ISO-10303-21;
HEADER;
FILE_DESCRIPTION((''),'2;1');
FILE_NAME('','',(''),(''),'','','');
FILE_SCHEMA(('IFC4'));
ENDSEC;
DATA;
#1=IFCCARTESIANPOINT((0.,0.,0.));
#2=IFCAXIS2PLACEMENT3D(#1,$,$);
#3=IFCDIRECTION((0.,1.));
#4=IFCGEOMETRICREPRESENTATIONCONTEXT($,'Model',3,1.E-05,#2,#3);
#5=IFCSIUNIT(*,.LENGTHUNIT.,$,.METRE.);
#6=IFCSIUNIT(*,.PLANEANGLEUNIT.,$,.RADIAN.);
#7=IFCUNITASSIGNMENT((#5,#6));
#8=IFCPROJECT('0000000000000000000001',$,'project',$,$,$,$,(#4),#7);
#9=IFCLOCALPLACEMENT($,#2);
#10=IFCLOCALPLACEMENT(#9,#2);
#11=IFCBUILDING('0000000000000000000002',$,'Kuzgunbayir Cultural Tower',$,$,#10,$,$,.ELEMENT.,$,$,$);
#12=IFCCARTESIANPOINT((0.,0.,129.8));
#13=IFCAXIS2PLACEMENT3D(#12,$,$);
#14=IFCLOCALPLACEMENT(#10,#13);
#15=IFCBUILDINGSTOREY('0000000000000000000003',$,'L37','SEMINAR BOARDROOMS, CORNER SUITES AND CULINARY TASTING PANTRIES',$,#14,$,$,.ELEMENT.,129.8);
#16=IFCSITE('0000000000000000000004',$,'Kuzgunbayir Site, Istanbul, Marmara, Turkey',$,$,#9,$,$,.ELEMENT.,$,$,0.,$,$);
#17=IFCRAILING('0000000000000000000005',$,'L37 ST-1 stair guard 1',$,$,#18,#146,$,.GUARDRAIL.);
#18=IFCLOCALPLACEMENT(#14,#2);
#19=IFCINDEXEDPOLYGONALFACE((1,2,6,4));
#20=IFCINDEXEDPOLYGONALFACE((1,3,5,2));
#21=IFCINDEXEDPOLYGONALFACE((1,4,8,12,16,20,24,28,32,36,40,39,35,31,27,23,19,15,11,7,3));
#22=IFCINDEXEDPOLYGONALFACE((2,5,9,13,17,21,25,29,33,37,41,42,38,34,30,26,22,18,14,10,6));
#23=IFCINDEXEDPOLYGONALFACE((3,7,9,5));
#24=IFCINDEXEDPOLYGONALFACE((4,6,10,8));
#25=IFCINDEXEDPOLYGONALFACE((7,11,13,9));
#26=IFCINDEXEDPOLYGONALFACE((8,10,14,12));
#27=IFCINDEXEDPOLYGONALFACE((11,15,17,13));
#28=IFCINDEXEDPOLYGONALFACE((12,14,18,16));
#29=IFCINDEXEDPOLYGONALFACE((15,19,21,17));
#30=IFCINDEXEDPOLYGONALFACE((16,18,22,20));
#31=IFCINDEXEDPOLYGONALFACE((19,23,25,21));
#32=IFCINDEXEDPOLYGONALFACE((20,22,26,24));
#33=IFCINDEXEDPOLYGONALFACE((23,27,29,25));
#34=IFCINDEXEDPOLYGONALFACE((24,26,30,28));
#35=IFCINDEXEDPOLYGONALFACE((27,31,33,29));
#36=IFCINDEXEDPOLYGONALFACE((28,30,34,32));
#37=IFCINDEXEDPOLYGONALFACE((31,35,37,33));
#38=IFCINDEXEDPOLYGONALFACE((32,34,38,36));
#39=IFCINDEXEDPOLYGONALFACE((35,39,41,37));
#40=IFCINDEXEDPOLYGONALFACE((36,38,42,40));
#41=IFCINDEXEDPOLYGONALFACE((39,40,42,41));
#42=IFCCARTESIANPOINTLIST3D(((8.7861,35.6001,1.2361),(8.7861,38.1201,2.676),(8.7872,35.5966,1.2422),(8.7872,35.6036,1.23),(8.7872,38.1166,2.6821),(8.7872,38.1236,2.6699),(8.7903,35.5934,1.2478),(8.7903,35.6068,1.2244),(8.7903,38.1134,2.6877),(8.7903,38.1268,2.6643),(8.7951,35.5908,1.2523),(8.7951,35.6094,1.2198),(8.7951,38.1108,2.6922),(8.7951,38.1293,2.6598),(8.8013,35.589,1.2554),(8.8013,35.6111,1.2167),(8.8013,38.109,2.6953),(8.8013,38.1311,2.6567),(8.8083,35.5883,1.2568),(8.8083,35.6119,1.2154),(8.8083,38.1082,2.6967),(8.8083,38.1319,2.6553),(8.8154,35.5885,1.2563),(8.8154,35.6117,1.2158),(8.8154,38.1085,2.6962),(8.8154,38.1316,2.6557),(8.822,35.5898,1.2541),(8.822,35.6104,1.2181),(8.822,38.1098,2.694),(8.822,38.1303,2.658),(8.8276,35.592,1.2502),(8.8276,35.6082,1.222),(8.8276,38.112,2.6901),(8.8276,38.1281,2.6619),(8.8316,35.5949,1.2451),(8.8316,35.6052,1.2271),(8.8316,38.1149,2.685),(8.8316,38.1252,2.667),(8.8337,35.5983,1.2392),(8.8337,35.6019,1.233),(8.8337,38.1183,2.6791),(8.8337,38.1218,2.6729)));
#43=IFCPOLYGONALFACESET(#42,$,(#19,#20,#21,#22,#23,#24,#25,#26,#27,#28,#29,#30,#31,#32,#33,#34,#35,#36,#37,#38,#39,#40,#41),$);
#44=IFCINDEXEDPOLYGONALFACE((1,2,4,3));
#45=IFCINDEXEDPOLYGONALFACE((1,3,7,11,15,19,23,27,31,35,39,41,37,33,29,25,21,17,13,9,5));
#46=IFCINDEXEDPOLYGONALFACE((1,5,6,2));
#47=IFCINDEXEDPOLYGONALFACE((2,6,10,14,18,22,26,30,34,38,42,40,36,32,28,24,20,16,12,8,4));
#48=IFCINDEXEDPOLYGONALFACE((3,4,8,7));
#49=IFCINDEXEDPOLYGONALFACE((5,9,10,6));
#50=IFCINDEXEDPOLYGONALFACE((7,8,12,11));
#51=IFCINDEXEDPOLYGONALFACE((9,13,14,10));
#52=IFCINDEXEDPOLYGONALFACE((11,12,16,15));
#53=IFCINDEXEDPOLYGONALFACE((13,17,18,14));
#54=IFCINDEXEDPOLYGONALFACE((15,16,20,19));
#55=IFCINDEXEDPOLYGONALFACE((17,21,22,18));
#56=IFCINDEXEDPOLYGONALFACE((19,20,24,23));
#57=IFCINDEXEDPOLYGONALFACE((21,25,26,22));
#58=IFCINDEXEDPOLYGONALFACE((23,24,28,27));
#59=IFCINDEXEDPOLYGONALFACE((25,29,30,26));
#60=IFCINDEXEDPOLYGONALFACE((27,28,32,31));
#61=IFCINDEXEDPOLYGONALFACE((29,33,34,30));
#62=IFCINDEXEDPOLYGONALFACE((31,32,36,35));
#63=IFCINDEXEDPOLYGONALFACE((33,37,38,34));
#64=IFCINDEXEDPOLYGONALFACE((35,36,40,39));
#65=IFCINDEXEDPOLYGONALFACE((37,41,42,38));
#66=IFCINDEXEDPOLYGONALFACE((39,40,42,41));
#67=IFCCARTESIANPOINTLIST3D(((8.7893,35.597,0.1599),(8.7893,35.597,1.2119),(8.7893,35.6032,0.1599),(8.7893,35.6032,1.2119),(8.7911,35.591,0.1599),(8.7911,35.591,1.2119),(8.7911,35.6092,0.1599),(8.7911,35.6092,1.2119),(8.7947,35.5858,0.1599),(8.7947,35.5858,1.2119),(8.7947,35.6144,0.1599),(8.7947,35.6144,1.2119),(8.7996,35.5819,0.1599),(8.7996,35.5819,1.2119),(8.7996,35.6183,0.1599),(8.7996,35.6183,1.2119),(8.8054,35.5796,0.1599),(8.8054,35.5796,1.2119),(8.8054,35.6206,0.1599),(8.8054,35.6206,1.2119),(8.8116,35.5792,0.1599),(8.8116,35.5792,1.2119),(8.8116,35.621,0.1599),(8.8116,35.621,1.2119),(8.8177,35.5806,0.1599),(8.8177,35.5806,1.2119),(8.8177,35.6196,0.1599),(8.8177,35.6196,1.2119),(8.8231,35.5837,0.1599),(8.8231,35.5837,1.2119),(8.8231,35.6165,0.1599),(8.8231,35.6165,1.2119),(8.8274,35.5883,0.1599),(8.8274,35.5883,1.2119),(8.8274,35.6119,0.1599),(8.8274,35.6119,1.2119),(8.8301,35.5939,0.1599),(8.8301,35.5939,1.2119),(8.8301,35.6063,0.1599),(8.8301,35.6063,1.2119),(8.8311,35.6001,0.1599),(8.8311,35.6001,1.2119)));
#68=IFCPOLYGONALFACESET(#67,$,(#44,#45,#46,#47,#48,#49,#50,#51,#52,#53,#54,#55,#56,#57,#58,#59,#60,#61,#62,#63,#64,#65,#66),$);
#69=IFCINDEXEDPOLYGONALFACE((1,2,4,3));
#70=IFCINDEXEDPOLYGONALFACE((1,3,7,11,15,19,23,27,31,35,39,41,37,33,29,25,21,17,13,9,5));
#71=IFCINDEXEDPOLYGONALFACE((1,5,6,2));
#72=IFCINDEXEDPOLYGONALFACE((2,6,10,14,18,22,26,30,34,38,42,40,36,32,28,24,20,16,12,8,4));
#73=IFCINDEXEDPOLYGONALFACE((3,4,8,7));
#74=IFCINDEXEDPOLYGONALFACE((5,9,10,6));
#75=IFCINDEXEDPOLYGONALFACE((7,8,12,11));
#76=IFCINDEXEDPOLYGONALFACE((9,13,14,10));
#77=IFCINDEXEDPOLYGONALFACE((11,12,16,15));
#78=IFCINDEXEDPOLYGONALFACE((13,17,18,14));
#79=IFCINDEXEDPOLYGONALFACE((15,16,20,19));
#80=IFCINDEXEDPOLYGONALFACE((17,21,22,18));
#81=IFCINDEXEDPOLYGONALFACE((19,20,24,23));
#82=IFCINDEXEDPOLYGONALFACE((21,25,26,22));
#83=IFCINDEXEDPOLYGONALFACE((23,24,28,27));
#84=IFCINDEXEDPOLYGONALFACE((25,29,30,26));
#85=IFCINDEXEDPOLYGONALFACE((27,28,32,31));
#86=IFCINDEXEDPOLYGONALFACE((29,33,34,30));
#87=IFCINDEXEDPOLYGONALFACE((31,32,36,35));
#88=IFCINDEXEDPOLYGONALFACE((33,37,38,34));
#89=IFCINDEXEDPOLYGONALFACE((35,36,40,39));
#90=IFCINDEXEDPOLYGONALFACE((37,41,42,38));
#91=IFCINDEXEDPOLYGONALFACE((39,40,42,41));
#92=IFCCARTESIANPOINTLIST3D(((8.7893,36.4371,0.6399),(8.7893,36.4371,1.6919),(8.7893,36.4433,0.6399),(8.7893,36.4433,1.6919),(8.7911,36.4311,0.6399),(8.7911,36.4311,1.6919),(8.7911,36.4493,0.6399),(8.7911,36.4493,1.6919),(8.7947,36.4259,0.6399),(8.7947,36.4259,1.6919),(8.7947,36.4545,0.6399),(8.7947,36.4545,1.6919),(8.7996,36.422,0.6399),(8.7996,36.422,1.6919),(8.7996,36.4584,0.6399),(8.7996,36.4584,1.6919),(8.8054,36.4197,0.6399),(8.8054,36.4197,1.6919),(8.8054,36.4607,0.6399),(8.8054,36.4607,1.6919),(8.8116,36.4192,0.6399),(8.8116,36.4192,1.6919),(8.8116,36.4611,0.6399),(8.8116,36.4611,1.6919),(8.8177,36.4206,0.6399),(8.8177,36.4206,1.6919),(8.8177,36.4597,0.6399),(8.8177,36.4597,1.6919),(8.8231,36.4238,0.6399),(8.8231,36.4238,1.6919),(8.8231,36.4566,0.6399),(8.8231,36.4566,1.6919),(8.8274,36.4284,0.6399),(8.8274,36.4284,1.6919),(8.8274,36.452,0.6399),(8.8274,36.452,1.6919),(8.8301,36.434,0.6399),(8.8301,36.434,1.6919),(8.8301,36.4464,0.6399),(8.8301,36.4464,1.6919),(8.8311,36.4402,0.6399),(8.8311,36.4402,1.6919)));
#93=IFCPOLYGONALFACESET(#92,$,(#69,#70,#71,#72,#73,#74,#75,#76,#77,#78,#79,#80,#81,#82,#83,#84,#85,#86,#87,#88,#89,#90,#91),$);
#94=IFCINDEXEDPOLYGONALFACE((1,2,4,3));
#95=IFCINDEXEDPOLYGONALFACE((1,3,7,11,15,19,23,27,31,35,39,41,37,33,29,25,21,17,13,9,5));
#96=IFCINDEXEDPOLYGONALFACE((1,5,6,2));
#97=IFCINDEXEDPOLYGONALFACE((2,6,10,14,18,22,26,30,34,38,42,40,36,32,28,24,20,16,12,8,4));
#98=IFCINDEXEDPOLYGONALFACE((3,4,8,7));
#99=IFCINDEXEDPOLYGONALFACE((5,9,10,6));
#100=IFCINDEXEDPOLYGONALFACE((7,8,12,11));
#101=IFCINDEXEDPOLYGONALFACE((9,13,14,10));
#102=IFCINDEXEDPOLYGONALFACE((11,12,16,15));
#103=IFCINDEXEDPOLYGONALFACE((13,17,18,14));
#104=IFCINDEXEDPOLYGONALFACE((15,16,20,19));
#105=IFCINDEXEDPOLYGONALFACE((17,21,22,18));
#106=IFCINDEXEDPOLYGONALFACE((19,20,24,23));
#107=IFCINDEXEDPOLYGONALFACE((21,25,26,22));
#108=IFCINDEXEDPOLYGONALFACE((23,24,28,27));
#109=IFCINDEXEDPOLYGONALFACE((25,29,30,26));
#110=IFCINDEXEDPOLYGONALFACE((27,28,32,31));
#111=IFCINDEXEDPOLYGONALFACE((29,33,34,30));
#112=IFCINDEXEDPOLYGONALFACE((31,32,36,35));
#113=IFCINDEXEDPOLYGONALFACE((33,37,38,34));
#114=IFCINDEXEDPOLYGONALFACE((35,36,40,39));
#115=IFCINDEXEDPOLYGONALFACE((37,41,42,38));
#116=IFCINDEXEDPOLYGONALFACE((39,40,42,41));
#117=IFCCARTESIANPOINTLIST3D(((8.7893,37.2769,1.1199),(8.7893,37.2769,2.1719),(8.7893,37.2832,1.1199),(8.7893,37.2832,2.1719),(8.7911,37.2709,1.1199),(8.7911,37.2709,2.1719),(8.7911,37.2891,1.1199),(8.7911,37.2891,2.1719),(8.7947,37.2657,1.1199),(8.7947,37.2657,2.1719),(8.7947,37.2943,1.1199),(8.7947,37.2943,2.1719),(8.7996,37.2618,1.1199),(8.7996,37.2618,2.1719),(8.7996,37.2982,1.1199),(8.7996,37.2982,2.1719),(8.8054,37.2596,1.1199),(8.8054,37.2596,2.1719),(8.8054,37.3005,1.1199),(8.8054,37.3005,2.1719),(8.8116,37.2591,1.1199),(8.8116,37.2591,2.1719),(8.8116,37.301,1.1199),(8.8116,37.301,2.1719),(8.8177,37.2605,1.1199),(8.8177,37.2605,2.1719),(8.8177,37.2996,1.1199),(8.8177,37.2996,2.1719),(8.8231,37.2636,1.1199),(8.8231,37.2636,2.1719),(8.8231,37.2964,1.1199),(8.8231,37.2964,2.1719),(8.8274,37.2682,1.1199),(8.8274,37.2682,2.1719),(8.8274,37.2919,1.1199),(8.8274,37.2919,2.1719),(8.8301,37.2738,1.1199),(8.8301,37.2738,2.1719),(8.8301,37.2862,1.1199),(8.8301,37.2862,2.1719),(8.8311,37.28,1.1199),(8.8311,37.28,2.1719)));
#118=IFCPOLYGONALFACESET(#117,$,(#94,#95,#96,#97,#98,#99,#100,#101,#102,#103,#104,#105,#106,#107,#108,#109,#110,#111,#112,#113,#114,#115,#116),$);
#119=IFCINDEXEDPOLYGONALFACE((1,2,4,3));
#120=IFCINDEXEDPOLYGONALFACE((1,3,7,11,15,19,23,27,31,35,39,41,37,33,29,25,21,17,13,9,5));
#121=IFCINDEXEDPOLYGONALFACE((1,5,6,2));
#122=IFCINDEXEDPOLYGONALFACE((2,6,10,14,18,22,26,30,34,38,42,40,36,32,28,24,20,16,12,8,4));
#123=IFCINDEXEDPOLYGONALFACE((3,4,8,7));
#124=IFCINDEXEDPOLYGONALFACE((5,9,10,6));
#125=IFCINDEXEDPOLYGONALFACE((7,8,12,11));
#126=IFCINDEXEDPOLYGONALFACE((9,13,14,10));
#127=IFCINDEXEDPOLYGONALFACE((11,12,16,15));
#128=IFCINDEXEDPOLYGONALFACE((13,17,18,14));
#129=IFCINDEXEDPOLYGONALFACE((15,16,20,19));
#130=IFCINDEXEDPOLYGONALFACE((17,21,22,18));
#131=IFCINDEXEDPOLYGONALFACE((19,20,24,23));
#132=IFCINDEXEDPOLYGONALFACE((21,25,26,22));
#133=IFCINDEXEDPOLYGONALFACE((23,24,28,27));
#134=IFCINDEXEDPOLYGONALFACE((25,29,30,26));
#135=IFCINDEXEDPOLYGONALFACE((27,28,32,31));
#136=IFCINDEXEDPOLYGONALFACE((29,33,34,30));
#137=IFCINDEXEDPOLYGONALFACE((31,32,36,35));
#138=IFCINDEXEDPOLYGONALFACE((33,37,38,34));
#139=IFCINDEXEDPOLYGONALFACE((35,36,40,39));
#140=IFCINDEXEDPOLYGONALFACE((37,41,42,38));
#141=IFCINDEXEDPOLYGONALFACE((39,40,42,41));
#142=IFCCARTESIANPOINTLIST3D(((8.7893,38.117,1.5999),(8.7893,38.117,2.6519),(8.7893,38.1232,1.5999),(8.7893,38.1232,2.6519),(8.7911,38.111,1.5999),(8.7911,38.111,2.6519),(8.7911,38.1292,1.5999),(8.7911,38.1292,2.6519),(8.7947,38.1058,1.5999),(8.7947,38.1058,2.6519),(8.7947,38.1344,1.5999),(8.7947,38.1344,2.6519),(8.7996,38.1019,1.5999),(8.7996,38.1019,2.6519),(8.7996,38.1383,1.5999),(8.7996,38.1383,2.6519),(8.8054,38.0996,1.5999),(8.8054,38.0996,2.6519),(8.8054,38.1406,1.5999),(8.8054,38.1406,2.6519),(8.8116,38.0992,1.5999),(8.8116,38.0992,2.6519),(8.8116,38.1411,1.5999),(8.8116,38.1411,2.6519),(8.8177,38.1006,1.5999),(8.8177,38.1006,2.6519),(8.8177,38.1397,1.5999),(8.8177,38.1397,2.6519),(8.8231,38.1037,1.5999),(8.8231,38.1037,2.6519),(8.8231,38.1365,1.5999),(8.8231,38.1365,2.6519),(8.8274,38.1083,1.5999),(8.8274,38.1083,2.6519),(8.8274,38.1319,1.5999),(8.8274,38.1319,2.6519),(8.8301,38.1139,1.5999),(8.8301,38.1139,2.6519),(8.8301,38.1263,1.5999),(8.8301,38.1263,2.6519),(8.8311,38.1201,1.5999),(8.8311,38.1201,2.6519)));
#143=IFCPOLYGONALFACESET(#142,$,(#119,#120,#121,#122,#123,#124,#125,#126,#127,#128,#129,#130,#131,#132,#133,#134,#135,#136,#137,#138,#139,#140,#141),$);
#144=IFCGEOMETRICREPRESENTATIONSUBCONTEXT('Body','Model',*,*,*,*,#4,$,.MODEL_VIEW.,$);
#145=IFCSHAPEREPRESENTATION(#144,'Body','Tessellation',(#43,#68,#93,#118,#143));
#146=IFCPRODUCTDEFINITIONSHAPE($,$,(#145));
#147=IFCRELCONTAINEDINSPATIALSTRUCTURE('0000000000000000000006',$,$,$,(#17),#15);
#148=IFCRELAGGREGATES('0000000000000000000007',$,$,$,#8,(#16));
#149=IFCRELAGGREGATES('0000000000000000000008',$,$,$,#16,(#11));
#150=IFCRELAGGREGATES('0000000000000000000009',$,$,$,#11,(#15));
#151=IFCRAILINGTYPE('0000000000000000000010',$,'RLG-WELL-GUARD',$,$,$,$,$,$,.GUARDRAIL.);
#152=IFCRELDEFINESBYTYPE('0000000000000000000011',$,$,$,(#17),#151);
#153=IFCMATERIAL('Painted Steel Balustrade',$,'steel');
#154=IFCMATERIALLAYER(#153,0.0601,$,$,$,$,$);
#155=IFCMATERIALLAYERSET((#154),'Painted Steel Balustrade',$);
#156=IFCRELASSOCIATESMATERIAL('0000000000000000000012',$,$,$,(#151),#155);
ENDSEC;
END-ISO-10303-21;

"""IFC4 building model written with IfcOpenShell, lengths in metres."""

from ifc_helpers import new_model, si_unit, direction, frame, origin, origin_2d, place, context, subcontext, project, spatial, circle, extrude, material, layer, layer_set, type_object, element, save


model = new_model("IFC4")

# Units and contexts
model_context = context("Model", 3, precision=1e-05, world=origin(), true_north=direction((0.0, 1.0)))
body_context = subcontext(model_context, "Body", "Model", "MODEL_VIEW")
ifc_project = project(units=[si_unit("LENGTHUNIT", "METRE"), si_unit("PLANEANGLEUNIT", "RADIAN")], contexts=[model_context])

# Site, building, storey
site_placement = place(None, origin())
site = spatial("IfcSite", under=ifc_project, at=site_placement, Name="Kuzgunbayir Site, Istanbul, Marmara, Turkey", CompositionType="ELEMENT", RefElevation=0.0)
building_placement = place(site_placement, origin())
building = spatial("IfcBuilding", under=site, at=building_placement, Name="Kuzgunbayir Cultural Tower", CompositionType="ELEMENT")
storey_placement = place(building_placement, frame((0.0, 0.0, 129.8)))
storey = spatial("IfcBuildingStorey", under=building, at=storey_placement, Name="L37", Description="SEMINAR BOARDROOMS, CORNER SUITES AND CULINARY TASTING PANTRIES", CompositionType="ELEMENT", Elevation=129.8)

# Railing
ifc_material_1 = material(Name="Painted Steel Balustrade", Category="steel")
ifc_layer_1 = layer(ifc_material_1, 0.0601)
ifc_layer_set_1 = layer_set([ifc_layer_1], Name="Painted Steel Balustrade")
railing_type_1 = type_object("IfcRailingType", Name="RLG-WELL-GUARD", PredefinedType="GUARDRAIL", material=ifc_layer_set_1)
railing_1_placement = place(storey_placement, frame((8.8101, 35.6001, 0.1599)))
element("IfcRailing", 1, at=railing_1_placement, inside=storey, type_object=railing_type_1, Name="L37 ST-1 stair guard 1", PredefinedType="GUARDRAIL", context=body_context, shape_type="SweptSolid", body=[
    extrude(circle(Radius=0.0239, at=origin_2d()), frame((0.0, 0.0, 1.0762), z_axis=(0.0, 0.868253, 0.496121), x_axis=(-1.0, 0.0, 0.0)), (0.0, 0.0, 1.0), 2.9023),
    extrude(circle(Radius=0.021, at=origin_2d()), origin(), (0.0, 0.0, 1.0), 1.052),
    extrude(circle(Radius=0.021, at=origin_2d()), frame((0.0, 0.8401, 0.48)), (0.0, 0.0, 1.0), 1.052),
    extrude(circle(Radius=0.021, at=origin_2d()), frame((0.0, 1.6799, 0.96)), (0.0, 0.0, 1.0), 1.052),
    extrude(circle(Radius=0.021, at=origin_2d()), frame((0.0, 2.52, 1.4399)), (0.0, 0.0, 1.0), 1.052),
])

save(model, "model.ifc")
